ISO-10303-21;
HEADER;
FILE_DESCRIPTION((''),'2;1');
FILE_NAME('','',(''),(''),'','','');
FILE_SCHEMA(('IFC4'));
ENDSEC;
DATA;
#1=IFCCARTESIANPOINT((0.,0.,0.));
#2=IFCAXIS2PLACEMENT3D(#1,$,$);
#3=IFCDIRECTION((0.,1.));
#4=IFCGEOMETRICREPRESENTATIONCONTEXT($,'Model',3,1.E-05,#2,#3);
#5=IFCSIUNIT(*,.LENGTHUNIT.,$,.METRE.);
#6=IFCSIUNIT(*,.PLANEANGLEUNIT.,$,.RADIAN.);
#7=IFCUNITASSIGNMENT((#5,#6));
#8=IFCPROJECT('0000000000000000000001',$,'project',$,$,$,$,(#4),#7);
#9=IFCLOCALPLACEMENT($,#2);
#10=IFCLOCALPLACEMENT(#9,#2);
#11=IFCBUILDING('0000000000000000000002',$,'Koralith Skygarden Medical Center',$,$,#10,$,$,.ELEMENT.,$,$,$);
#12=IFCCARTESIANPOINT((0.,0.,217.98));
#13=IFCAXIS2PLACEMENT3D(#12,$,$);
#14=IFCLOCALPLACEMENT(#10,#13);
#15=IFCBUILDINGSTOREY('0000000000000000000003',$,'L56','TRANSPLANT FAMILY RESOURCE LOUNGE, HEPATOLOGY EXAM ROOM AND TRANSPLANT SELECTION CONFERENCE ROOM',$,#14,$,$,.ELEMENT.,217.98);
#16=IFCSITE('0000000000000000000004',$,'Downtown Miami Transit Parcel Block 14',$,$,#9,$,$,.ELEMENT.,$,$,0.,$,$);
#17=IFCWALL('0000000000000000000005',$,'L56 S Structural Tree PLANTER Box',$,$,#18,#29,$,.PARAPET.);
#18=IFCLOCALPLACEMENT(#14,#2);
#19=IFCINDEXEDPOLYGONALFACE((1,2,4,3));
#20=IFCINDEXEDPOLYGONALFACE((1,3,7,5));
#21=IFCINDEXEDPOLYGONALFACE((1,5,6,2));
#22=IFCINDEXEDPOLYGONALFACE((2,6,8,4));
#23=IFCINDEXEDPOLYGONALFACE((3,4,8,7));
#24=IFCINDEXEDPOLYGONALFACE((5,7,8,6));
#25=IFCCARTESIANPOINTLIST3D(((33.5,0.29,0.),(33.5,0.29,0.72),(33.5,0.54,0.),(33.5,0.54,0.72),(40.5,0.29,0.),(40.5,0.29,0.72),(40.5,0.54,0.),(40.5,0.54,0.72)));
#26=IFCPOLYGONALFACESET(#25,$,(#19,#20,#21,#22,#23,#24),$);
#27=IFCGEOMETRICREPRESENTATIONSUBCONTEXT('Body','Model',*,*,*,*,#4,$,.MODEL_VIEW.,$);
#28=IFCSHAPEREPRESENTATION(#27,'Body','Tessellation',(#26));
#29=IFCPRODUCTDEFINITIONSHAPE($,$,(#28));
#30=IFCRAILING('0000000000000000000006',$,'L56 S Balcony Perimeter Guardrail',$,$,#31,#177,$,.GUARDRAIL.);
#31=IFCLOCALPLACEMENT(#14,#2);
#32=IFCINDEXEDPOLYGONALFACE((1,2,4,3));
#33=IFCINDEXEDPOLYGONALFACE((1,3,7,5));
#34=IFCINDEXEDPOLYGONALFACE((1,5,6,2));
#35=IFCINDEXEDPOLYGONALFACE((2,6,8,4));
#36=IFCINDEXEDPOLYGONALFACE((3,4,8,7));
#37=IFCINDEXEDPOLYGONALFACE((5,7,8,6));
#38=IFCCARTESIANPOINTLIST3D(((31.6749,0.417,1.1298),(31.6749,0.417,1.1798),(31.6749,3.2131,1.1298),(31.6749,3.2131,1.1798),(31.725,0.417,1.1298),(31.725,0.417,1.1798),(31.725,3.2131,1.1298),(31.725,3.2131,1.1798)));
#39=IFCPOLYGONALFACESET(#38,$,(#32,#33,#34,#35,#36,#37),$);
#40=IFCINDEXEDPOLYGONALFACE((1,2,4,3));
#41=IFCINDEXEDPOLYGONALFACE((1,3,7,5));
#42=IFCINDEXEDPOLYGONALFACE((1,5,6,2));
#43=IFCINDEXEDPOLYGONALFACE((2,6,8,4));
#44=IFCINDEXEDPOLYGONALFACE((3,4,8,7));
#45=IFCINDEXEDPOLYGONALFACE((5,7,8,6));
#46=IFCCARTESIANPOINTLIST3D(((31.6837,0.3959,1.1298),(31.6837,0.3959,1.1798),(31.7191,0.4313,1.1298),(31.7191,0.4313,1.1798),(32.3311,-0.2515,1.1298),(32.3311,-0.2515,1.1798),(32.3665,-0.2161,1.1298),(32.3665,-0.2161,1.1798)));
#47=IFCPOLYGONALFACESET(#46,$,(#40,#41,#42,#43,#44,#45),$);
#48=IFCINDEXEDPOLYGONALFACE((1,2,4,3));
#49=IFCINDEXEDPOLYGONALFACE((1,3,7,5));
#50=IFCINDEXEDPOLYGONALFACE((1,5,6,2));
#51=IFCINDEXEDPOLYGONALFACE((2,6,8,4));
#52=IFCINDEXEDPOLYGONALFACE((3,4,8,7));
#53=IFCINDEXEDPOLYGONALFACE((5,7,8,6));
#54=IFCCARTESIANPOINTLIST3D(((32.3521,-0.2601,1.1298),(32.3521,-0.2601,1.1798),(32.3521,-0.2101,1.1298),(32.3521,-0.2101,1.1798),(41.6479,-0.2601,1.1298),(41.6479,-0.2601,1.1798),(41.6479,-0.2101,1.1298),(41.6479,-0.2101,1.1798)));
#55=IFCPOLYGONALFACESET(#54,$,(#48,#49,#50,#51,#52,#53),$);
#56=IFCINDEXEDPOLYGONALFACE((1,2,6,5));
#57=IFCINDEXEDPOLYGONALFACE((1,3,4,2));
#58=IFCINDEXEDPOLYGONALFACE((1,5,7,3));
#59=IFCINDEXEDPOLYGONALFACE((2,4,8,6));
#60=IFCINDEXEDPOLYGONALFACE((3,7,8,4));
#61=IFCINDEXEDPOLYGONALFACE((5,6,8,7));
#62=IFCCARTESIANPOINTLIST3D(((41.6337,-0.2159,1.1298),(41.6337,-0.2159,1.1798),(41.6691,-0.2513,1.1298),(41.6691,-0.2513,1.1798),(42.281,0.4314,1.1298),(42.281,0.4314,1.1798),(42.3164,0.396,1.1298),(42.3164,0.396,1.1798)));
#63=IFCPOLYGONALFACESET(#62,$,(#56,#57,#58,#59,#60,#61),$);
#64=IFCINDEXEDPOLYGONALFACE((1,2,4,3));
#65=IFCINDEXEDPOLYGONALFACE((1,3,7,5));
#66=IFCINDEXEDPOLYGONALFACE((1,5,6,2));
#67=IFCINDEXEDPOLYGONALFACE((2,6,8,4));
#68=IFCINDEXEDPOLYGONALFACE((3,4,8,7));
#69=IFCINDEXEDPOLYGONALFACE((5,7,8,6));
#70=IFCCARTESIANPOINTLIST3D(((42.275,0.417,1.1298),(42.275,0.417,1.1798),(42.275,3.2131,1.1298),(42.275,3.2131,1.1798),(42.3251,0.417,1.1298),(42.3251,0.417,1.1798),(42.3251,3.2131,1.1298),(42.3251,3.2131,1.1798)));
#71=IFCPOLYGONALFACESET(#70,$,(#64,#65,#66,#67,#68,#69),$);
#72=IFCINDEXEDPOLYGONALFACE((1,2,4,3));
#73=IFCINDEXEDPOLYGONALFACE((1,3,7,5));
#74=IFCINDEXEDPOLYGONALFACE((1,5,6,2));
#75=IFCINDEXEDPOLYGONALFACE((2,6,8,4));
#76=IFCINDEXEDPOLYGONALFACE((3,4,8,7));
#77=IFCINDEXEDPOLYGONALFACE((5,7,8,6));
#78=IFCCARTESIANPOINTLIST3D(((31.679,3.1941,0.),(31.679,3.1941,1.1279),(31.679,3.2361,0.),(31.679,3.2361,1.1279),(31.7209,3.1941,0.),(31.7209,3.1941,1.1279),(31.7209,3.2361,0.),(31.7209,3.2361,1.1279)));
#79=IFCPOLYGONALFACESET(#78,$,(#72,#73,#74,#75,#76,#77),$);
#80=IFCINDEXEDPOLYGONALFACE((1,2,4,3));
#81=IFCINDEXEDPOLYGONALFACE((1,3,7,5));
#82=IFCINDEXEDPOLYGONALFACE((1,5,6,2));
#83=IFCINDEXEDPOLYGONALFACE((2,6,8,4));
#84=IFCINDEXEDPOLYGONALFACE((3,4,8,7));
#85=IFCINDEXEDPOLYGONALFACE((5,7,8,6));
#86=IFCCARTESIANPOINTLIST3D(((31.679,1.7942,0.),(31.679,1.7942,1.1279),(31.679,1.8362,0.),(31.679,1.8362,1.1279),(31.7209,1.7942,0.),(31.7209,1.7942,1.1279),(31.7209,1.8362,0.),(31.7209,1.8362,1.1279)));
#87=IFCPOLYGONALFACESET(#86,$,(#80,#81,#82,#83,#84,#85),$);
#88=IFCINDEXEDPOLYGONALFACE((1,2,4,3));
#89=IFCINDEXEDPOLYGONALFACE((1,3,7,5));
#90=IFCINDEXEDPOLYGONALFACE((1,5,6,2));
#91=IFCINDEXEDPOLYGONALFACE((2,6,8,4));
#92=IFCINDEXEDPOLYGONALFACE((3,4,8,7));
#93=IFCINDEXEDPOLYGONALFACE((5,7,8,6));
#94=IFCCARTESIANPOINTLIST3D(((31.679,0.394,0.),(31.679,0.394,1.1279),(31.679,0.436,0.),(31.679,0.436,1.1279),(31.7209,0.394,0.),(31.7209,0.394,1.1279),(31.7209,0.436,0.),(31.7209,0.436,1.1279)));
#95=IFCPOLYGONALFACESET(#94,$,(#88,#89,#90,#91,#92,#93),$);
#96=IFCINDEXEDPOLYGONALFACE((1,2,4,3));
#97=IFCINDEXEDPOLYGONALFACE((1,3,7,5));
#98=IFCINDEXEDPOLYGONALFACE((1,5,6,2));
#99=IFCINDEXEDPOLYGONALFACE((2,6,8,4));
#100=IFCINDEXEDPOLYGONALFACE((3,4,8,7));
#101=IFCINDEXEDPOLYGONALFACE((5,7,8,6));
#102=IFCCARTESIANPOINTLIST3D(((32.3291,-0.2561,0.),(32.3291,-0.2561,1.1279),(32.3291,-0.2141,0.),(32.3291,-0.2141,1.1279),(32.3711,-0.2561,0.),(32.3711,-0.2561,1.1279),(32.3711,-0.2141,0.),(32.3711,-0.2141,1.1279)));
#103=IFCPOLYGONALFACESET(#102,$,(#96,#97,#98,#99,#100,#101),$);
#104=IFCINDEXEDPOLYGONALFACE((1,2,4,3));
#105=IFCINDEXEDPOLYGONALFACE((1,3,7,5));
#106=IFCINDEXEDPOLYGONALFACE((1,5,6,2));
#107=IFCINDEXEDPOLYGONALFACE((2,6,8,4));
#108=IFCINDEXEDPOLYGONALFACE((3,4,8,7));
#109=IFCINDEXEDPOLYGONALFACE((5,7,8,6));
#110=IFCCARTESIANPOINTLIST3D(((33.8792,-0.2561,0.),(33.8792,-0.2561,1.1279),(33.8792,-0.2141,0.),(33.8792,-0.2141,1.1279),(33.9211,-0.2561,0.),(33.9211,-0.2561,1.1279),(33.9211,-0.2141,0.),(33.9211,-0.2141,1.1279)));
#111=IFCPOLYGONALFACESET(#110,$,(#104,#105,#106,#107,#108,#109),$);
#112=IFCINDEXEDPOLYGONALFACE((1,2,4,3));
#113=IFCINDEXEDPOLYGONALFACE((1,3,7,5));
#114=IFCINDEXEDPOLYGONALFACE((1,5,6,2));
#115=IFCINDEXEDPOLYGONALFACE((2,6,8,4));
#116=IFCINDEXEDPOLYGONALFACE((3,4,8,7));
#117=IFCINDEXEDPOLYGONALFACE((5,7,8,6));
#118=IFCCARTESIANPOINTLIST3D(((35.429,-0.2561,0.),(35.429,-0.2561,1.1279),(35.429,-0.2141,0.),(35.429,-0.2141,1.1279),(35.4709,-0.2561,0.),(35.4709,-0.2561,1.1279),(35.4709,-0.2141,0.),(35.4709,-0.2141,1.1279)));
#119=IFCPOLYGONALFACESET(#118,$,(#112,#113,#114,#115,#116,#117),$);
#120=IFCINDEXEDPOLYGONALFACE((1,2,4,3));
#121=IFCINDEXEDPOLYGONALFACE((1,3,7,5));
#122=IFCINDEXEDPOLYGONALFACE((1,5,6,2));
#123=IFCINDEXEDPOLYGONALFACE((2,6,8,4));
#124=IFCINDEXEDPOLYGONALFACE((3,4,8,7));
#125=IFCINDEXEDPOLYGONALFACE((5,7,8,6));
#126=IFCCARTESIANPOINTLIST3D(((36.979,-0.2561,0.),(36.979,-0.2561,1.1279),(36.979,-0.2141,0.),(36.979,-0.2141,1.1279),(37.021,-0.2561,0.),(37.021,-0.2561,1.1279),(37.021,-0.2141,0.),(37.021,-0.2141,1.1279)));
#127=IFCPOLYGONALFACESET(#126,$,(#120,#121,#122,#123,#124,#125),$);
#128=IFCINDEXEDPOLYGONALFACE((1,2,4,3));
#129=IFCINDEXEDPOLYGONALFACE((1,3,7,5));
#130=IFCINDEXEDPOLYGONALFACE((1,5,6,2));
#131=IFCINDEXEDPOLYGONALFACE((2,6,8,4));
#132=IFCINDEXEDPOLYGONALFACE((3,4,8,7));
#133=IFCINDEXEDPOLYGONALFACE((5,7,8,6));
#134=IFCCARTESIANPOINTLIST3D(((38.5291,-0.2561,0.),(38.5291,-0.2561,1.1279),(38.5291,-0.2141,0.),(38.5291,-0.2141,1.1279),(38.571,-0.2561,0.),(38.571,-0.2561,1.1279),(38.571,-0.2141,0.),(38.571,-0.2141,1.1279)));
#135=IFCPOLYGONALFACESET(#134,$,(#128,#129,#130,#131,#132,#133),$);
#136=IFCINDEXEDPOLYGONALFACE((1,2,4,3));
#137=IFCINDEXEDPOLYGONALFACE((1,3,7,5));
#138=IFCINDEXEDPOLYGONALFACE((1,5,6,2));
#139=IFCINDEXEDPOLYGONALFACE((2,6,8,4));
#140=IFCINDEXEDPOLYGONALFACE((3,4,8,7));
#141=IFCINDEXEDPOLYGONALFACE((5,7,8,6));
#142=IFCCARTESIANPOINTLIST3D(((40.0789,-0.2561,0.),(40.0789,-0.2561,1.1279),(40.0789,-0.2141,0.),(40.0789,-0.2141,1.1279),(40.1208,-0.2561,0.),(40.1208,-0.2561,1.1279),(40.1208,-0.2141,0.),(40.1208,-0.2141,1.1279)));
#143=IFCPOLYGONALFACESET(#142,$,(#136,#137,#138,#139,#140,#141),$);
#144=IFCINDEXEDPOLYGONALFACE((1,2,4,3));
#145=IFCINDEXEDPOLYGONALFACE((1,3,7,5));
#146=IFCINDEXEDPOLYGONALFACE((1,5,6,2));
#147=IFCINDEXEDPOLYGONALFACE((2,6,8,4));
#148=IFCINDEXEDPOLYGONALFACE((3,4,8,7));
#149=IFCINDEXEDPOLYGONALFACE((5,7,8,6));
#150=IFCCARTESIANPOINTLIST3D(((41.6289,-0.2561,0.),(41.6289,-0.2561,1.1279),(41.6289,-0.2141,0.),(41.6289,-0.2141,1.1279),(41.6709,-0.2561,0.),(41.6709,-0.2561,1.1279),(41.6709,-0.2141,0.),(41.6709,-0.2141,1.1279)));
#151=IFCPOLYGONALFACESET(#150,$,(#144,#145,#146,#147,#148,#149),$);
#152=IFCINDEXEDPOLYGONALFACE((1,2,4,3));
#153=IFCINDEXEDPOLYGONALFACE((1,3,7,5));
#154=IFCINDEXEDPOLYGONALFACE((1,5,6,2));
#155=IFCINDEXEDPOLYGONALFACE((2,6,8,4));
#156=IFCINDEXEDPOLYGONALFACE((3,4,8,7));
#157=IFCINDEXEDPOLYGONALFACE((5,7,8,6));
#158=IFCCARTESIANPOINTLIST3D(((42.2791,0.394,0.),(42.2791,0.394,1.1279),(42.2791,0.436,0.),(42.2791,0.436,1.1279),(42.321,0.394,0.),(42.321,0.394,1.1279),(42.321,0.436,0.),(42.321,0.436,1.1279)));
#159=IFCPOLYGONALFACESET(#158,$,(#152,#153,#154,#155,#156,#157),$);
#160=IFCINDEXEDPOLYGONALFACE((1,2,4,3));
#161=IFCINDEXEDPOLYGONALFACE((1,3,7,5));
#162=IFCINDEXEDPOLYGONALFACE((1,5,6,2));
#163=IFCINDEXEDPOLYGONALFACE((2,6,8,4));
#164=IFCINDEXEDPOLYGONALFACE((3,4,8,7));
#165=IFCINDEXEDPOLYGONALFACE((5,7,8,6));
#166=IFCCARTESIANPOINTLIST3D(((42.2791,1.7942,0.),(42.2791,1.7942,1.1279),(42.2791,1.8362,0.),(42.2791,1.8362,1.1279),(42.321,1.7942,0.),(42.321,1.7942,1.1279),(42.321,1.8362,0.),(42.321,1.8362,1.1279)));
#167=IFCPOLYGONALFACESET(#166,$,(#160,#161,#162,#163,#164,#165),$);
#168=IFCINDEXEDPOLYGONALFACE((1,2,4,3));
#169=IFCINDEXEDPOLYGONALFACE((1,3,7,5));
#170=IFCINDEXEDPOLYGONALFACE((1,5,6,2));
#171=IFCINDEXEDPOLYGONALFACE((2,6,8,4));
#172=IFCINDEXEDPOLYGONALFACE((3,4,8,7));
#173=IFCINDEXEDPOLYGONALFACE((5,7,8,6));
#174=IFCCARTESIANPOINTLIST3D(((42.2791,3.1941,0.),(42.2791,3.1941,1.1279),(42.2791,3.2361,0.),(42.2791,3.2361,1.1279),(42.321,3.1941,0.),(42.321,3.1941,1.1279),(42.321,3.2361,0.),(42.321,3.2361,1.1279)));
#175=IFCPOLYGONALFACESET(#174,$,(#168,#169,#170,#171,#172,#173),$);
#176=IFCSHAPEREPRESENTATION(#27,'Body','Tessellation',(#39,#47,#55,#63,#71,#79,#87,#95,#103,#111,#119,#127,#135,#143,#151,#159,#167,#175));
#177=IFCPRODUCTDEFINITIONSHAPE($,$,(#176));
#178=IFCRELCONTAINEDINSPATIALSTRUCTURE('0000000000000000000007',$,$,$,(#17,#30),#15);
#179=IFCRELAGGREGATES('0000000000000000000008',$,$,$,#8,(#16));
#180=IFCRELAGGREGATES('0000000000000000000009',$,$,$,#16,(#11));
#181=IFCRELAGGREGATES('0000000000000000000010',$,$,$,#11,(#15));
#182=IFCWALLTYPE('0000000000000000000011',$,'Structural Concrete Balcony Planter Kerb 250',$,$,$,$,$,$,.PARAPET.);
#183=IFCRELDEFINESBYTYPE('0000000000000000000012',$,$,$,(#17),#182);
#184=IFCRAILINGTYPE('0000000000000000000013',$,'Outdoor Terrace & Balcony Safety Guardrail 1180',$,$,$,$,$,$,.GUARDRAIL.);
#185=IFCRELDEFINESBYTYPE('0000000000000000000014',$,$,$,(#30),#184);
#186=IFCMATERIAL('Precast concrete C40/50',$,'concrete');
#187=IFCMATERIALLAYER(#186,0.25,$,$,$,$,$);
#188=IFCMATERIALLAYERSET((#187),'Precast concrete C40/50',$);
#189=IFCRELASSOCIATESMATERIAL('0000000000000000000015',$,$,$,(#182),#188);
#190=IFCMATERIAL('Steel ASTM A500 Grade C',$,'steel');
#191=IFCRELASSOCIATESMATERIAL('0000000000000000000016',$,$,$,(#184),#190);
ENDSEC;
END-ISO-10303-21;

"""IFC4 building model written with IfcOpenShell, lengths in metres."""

from ifc_helpers import new_model, si_unit, direction, frame, frame_2d, origin, origin_2d, place, context, subcontext, project, spatial, rectangle, extrude, material, layer, layer_set, type_object, element, save


model = new_model("IFC4")

# Units and contexts
model_context = context("Model", 3, precision=1e-05, world=origin(), true_north=direction((0.0, 1.0)))
body_context = subcontext(model_context, "Body", "Model", "MODEL_VIEW")
ifc_project = project(units=[si_unit("LENGTHUNIT", "METRE"), si_unit("PLANEANGLEUNIT", "RADIAN")], contexts=[model_context])

# Site, building, storey
site_placement = place(None, origin())
site = spatial("IfcSite", under=ifc_project, at=site_placement, Name="Downtown Miami Transit Parcel Block 14", CompositionType="ELEMENT", RefElevation=0.0)
building_placement = place(site_placement, origin())
building = spatial("IfcBuilding", under=site, at=building_placement, Name="Koralith Skygarden Medical Center", CompositionType="ELEMENT")
storey_placement = place(building_placement, frame((0.0, 0.0, 217.98)))
storey = spatial("IfcBuildingStorey", under=building, at=storey_placement, Name="L56", Description="TRANSPLANT FAMILY RESOURCE LOUNGE, HEPATOLOGY EXAM ROOM AND TRANSPLANT SELECTION CONFERENCE ROOM", CompositionType="ELEMENT", Elevation=217.98)

# Wall
ifc_material_1 = material(Name="Precast concrete C40/50", Category="concrete")
ifc_layer_1 = layer(ifc_material_1, 0.25)
ifc_layer_set_1 = layer_set([ifc_layer_1], Name="Precast concrete C40/50")
wall_type_1 = type_object("IfcWallType", Name="Structural Concrete Balcony Planter Kerb 250", PredefinedType="PARAPET", material=ifc_layer_set_1)
wall_1_placement = place(storey_placement, frame((33.5, 0.415, 0.0), z_axis=(0.0, 0.0, 1.0), x_axis=(1.0, 0.0, 0.0)))
element("IfcWall", 1, at=wall_1_placement, inside=storey, type_object=wall_type_1, Name="L56 S Structural Tree PLANTER Box", PredefinedType="PARAPET", context=body_context, shape_type="SweptSolid", body=[
    extrude(rectangle(XDim=7.0, YDim=0.25, at=frame_2d((3.5, 0.0))), origin(), (0.0, 0.0, 1.0), 0.72),
])

# Railing
ifc_material_2 = material(Name="Steel ASTM A500 Grade C", Category="steel")
railing_type = type_object("IfcRailingType", Name="Outdoor Terrace & Balcony Safety Guardrail 1180", PredefinedType="GUARDRAIL", material=ifc_material_2)
railing_placement = place(storey_placement, frame((31.7, 3.2151, 0.0)))
element("IfcRailing", 2, at=railing_placement, inside=storey, type_object=railing_type, Name="L56 S Balcony Perimeter Guardrail", PredefinedType="GUARDRAIL", context=body_context, shape_type="SweptSolid", body=[
    extrude(rectangle(XDim=0.05, YDim=0.05, at=origin_2d()), frame((0.0, -0.002, 1.1548), z_axis=(0.0, -1.0, 0.0), x_axis=(1.0, 0.0, 0.0)), (0.0, 0.0, 1.0), 2.7961),
    extrude(rectangle(XDim=0.05, YDim=0.05, at=origin_2d()), frame((0.0015, -2.8015, 1.1548), z_axis=(0.707107, -0.707107, 0.0), x_axis=(0.707107, 0.707107, 0.0)), (0.0, 0.0, 1.0), 0.9155),
    extrude(rectangle(XDim=0.05, YDim=0.05, at=origin_2d()), frame((0.6521, -3.4502, 1.1548), z_axis=(1.0, 0.0, 0.0), x_axis=(0.0, 1.0, 0.0)), (0.0, 0.0, 1.0), 9.2959),
    extrude(rectangle(XDim=0.05, YDim=0.05, at=origin_2d()), frame((9.9514, -3.4487, 1.1548), z_axis=(0.707107, 0.707107, 0.0), x_axis=(-0.707107, 0.707107, 0.0)), (0.0, 0.0, 1.0), 0.9155),
    extrude(rectangle(XDim=0.05, YDim=0.05, at=origin_2d()), frame((10.6001, -2.7981, 1.1548), z_axis=(0.0, 1.0, 0.0), x_axis=(-1.0, 0.0, 0.0)), (0.0, 0.0, 1.0), 2.7961),
    extrude(rectangle(XDim=0.042, YDim=0.042, at=origin_2d()), origin(), (0.0, 0.0, 1.0), 1.1279),
    extrude(rectangle(XDim=0.042, YDim=0.042, at=origin_2d()), frame((0.0, -1.3999, 0.0)), (0.0, 0.0, 1.0), 1.1279),
    extrude(rectangle(XDim=0.042, YDim=0.042, at=origin_2d()), frame((0.0, -2.8, 0.0)), (0.0, 0.0, 1.0), 1.1279),
    extrude(rectangle(XDim=0.042, YDim=0.042, at=origin_2d()), frame((0.6501, -3.4502, 0.0)), (0.0, 0.0, 1.0), 1.1279),
    extrude(rectangle(XDim=0.042, YDim=0.042, at=origin_2d()), frame((2.2002, -3.4502, 0.0)), (0.0, 0.0, 1.0), 1.1279),
    extrude(rectangle(XDim=0.042, YDim=0.042, at=origin_2d()), frame((3.75, -3.4502, 0.0)), (0.0, 0.0, 1.0), 1.1279),
    extrude(rectangle(XDim=0.042, YDim=0.042, at=origin_2d()), frame((5.3, -3.4502, 0.0)), (0.0, 0.0, 1.0), 1.1279),
    extrude(rectangle(XDim=0.042, YDim=0.042, at=origin_2d()), frame((6.8501, -3.4502, 0.0)), (0.0, 0.0, 1.0), 1.1279),
    extrude(rectangle(XDim=0.042, YDim=0.042, at=origin_2d()), frame((8.3999, -3.4502, 0.0)), (0.0, 0.0, 1.0), 1.1279),
    extrude(rectangle(XDim=0.042, YDim=0.042, at=origin_2d()), frame((9.95, -3.4502, 0.0)), (0.0, 0.0, 1.0), 1.1279),
    extrude(rectangle(XDim=0.042, YDim=0.042, at=origin_2d()), frame((10.6001, -2.8, 0.0)), (0.0, 0.0, 1.0), 1.1279),
    extrude(rectangle(XDim=0.042, YDim=0.042, at=origin_2d()), frame((10.6001, -1.3999, 0.0)), (0.0, 0.0, 1.0), 1.1279),
    extrude(rectangle(XDim=0.042, YDim=0.042, at=origin_2d()), frame((10.6001, 0.0, 0.0)), (0.0, 0.0, 1.0), 1.1279),
])

save(model, "model.ifc")
